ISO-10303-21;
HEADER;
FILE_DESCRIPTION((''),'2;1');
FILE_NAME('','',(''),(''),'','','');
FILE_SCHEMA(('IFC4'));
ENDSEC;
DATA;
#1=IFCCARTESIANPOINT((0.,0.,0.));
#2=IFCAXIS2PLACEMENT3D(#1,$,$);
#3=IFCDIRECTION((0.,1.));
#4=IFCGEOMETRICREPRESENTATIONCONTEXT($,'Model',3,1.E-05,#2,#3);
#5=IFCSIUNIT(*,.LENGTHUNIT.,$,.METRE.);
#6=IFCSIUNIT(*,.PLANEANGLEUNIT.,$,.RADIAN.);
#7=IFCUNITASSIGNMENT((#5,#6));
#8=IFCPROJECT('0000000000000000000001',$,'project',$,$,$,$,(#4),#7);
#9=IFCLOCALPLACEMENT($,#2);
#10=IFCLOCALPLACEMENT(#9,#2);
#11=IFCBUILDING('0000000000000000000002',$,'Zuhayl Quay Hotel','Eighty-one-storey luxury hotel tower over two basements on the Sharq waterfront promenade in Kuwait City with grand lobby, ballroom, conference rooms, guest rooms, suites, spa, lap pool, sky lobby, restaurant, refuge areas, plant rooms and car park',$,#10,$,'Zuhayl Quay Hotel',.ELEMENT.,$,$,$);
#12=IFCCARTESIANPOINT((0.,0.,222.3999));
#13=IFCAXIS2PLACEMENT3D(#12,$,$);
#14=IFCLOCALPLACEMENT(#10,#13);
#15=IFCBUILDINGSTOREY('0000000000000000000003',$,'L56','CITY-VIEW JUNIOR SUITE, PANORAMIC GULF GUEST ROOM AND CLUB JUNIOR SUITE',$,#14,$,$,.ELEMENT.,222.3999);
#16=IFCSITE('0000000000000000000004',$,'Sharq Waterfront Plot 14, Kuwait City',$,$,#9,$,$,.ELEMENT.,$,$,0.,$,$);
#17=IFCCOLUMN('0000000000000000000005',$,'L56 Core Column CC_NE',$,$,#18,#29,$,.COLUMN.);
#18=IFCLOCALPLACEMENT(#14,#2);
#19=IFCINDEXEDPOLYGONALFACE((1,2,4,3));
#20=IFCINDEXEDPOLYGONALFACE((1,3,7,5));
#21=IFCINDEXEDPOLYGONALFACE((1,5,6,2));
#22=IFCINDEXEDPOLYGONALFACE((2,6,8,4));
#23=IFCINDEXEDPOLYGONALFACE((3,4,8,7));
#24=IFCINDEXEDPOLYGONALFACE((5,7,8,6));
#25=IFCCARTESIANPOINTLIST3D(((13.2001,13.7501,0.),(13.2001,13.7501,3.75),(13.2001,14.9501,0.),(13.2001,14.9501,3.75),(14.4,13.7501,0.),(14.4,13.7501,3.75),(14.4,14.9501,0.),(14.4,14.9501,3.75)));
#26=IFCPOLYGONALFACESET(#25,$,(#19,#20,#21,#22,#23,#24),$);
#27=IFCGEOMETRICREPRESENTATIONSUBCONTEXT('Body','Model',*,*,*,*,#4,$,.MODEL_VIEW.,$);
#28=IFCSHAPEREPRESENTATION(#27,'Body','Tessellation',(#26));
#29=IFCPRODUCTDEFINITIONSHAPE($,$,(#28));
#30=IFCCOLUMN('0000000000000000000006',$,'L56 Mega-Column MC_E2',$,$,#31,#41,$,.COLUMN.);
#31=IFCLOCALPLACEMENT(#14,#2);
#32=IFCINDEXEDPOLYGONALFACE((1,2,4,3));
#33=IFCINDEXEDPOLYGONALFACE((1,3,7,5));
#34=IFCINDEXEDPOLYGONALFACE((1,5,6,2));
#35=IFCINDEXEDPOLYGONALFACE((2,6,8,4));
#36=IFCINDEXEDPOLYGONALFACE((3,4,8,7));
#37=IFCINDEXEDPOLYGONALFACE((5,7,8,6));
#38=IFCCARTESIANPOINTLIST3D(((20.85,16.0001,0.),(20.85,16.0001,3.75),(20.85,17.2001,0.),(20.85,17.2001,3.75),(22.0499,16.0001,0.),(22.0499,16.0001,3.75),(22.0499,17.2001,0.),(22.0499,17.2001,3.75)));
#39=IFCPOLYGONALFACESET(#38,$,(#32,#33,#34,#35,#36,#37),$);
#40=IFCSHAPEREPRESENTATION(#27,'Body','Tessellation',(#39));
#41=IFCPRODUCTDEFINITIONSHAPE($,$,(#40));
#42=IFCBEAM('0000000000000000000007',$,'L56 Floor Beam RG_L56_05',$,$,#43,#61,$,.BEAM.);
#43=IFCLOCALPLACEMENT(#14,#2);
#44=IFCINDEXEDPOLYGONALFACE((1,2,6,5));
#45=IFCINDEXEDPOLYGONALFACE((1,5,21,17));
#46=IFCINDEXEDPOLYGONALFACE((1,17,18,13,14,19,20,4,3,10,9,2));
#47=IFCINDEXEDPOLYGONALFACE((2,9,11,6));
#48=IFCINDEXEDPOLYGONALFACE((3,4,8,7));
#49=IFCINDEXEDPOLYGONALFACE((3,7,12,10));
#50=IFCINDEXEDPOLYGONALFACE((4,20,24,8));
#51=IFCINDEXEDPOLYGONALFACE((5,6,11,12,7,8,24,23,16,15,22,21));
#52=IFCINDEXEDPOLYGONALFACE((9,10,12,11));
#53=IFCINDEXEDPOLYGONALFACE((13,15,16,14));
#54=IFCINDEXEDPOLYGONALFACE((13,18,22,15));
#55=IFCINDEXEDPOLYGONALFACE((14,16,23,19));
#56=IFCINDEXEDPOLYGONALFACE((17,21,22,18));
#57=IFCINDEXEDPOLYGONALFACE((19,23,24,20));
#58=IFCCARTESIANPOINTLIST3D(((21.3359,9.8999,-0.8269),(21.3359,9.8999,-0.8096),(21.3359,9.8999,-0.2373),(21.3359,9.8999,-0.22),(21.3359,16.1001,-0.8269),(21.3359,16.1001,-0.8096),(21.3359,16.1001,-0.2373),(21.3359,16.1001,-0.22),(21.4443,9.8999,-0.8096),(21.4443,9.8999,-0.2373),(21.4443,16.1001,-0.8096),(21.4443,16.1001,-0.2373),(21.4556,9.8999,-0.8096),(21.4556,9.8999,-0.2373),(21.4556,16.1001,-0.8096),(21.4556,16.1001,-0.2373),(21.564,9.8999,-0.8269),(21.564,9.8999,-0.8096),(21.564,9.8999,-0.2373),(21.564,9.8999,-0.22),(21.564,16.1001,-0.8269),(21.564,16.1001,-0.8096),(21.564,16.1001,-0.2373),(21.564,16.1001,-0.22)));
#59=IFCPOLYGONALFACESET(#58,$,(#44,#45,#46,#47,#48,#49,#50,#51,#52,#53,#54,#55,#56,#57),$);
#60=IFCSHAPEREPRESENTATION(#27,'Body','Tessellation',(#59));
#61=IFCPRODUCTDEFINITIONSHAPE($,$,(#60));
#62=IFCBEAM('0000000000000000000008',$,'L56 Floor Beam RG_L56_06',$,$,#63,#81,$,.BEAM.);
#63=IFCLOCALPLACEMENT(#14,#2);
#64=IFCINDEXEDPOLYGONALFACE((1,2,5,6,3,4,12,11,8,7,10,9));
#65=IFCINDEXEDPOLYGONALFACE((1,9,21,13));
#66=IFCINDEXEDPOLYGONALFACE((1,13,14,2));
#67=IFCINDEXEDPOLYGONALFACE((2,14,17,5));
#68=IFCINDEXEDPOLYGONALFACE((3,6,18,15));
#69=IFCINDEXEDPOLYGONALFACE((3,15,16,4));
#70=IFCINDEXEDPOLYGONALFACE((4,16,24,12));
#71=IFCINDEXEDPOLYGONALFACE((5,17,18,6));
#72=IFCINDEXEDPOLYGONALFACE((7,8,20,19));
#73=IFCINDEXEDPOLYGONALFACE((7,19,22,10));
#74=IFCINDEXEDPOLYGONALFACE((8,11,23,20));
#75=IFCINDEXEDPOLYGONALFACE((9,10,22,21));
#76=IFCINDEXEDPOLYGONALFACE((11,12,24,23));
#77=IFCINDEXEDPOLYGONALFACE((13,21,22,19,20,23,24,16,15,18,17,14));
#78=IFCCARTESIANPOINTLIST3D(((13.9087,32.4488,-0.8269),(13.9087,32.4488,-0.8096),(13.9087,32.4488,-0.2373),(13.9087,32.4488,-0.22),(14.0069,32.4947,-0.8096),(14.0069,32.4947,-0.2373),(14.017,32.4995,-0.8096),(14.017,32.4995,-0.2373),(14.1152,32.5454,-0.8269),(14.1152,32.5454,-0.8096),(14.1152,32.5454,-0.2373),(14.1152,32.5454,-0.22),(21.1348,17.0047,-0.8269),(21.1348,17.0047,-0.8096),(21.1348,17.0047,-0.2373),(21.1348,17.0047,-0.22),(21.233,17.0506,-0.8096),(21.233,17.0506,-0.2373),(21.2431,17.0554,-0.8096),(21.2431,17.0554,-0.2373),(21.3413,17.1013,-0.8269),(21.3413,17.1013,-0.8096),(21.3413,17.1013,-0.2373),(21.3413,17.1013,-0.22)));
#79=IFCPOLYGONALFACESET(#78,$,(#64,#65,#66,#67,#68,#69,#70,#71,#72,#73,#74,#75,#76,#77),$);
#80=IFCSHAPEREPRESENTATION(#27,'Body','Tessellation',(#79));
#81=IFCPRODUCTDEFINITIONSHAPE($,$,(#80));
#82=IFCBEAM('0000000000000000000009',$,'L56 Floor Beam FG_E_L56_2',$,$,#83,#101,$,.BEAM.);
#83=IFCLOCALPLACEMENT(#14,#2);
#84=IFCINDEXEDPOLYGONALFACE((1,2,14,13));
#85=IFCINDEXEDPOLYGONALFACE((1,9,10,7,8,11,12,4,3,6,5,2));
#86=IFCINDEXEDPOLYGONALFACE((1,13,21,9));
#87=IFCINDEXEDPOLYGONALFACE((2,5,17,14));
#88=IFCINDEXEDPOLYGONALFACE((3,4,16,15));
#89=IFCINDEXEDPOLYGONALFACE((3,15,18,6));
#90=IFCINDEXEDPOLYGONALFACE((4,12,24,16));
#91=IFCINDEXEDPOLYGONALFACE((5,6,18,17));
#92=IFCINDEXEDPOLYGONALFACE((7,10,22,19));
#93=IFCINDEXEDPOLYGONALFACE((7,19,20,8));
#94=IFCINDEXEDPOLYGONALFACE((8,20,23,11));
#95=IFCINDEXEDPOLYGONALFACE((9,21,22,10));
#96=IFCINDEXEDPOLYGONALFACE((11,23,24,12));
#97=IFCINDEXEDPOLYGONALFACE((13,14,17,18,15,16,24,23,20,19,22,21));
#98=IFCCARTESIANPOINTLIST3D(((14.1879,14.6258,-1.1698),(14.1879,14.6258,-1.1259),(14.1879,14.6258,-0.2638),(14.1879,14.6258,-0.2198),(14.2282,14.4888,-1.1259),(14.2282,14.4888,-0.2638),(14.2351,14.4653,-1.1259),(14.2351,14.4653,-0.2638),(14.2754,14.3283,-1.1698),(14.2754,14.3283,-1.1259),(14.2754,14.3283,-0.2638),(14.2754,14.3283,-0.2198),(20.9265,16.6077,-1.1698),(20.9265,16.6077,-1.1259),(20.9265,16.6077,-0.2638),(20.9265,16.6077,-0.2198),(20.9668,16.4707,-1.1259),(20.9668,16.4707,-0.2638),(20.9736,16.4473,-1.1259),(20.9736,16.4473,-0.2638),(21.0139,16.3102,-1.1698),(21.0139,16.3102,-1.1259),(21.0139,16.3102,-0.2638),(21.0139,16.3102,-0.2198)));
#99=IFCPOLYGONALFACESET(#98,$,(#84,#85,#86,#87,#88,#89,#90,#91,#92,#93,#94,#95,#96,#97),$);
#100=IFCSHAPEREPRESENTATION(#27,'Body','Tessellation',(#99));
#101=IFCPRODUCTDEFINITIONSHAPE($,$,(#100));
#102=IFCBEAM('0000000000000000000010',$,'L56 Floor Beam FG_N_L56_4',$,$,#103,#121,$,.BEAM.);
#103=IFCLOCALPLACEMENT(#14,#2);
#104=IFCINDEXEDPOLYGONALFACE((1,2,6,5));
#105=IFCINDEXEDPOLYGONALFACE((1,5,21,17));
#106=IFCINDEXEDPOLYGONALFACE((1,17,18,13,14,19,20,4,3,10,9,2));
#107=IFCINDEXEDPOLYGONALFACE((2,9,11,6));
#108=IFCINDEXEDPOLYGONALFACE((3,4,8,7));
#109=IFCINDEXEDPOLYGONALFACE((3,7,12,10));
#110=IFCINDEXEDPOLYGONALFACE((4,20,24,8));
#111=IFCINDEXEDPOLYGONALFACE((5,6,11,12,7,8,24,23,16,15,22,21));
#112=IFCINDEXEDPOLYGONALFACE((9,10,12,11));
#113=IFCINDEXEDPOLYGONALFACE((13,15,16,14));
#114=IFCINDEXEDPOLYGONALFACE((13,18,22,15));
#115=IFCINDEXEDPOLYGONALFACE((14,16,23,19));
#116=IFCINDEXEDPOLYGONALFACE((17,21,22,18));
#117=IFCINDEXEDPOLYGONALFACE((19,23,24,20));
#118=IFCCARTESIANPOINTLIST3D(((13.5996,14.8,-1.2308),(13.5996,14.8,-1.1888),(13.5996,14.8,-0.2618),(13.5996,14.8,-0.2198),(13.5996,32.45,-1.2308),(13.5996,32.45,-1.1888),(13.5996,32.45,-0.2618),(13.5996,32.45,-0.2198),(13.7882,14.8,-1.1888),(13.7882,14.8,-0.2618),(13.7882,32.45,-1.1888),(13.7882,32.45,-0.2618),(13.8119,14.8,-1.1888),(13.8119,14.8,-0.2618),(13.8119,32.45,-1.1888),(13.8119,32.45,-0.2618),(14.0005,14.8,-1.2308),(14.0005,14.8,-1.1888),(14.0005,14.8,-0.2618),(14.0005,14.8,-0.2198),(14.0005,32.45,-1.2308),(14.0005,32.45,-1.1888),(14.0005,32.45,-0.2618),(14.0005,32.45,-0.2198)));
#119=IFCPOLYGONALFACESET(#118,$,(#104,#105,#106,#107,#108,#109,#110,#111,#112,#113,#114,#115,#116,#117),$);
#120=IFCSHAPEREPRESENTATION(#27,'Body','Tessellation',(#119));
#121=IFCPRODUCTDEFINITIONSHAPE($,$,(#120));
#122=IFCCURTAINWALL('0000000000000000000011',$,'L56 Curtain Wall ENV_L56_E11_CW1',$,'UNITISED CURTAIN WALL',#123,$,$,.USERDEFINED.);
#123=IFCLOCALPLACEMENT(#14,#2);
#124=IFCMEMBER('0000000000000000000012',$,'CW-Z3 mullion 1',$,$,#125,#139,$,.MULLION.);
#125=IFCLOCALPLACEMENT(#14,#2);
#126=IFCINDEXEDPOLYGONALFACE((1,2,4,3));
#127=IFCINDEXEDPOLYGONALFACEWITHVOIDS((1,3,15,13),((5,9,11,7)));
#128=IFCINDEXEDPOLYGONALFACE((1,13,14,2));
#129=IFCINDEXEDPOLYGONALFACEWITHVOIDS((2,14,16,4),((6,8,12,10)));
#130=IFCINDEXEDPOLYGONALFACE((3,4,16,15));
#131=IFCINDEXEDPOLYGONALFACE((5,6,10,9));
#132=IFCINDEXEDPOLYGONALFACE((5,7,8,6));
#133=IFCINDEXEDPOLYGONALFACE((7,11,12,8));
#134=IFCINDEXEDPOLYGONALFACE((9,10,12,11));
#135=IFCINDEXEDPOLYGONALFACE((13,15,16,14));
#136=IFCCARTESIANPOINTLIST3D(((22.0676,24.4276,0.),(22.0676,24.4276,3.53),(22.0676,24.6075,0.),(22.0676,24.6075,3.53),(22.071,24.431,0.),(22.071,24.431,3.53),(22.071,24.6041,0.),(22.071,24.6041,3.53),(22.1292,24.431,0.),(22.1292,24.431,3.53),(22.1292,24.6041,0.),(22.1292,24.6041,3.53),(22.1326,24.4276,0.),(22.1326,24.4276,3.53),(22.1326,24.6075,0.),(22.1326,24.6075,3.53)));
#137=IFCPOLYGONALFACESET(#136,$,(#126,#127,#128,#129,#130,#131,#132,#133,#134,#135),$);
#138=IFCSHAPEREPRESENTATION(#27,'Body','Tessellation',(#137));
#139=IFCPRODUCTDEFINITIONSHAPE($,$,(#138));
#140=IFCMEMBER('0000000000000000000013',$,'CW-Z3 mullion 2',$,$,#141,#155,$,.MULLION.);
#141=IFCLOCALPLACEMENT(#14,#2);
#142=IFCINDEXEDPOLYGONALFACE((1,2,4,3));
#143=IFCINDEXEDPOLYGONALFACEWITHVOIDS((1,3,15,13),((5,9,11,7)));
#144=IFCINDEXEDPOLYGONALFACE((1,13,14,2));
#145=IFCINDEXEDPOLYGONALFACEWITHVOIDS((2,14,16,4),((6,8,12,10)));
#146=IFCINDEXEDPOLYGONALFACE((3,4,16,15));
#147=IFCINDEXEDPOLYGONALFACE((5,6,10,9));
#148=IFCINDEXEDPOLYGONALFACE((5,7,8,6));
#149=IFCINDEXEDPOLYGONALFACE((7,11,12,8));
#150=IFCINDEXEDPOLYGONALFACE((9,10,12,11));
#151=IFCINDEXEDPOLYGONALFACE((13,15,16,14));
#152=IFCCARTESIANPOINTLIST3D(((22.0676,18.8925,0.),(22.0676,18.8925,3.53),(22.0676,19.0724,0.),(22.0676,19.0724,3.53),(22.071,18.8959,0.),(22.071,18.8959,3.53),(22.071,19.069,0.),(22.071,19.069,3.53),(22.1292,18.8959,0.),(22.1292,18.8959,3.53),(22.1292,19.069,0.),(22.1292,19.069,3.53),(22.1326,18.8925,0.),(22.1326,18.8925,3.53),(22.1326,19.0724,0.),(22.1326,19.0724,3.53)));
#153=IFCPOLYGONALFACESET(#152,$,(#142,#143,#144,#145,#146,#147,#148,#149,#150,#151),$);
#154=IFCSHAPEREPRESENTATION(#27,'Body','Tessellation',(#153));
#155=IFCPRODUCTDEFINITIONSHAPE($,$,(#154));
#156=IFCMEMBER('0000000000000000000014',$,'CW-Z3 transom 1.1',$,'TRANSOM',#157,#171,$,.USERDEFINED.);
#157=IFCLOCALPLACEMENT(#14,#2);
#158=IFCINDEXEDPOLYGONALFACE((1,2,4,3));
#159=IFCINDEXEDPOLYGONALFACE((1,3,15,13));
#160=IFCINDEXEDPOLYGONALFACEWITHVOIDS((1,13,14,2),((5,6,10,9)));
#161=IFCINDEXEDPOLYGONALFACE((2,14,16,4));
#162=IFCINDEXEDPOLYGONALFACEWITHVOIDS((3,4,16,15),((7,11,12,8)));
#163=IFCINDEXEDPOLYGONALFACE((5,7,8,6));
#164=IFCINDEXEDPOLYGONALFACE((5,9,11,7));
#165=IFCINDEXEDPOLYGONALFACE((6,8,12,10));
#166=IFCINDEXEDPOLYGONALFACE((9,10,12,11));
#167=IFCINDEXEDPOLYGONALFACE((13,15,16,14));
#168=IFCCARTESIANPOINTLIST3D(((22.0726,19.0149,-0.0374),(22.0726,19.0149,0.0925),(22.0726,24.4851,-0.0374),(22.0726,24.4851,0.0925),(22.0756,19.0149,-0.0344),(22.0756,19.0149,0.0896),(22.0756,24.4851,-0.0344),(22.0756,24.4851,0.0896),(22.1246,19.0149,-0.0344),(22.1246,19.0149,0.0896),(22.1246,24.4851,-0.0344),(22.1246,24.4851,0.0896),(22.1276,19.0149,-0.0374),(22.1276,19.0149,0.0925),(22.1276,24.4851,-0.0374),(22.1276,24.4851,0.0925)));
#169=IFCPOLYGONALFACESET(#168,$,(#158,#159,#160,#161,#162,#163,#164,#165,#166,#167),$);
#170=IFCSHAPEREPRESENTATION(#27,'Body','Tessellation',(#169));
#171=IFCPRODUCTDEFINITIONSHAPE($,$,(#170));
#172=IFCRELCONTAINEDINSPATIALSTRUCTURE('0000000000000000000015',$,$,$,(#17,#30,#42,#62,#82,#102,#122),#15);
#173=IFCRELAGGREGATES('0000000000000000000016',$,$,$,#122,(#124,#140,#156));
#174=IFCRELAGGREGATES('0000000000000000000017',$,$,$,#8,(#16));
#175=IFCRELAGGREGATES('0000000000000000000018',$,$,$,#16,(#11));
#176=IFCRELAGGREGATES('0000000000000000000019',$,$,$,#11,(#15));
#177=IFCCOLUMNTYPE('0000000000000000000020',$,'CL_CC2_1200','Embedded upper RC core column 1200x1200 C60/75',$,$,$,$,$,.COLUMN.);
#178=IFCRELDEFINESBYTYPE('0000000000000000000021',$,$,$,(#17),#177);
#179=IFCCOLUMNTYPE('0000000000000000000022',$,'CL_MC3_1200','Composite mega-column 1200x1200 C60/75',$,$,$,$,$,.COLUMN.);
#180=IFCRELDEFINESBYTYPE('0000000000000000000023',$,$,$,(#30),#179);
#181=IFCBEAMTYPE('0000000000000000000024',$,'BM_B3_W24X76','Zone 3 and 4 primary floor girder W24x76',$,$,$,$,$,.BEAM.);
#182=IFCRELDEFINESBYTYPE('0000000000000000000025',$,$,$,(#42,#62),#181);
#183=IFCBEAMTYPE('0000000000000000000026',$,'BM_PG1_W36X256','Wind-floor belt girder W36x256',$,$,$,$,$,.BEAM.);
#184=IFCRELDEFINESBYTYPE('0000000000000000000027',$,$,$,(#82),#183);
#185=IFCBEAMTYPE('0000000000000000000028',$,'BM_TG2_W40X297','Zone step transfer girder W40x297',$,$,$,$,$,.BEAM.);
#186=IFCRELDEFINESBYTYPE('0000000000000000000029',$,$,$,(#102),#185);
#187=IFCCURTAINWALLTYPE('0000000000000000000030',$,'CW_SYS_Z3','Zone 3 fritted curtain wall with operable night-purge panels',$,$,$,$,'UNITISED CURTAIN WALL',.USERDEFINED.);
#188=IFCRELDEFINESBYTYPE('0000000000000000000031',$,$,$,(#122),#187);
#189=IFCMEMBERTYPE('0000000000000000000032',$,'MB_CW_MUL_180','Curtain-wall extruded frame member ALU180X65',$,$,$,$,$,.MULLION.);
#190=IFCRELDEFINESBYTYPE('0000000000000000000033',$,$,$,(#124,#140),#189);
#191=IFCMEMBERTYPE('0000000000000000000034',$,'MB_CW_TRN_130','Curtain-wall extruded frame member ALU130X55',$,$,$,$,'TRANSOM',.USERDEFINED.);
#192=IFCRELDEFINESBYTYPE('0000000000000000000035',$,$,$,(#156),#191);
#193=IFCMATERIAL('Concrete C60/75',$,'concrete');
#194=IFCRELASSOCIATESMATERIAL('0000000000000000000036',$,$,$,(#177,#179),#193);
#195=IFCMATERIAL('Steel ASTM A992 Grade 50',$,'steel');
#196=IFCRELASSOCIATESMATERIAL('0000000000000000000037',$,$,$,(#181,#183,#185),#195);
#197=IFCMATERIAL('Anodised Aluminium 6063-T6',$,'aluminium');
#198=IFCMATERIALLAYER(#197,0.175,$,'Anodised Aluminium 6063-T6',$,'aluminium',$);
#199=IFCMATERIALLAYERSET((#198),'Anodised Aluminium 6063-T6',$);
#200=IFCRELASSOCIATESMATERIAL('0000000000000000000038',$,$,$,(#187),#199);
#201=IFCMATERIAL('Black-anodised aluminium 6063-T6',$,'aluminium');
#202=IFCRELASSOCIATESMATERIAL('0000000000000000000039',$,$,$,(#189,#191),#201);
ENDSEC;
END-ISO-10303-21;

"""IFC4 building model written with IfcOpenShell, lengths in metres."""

from ifc_helpers import new_model, si_unit, direction, frame, origin, origin_2d, place, context, subcontext, project, spatial, rectangle, hollow_rectangle, i_section, extrude, material, layer, layer_set, material_profile, profile_set, type_object, element, aggregate, save


model = new_model("IFC4")

# Units and contexts
model_context = context("Model", 3, precision=1e-05, world=origin(), true_north=direction((0.0, 1.0)))
body_context = subcontext(model_context, "Body", "Model", "MODEL_VIEW")
ifc_project = project(units=[si_unit("LENGTHUNIT", "METRE"), si_unit("PLANEANGLEUNIT", "RADIAN")], contexts=[model_context])

# Site, building, storey
site_placement = place(None, origin())
site = spatial("IfcSite", under=ifc_project, at=site_placement, Name="Sharq Waterfront Plot 14, Kuwait City", CompositionType="ELEMENT", RefElevation=0.0)
building_placement = place(site_placement, origin())
building = spatial("IfcBuilding", under=site, at=building_placement, Name="Zuhayl Quay Hotel", Description="Eighty-one-storey luxury hotel tower over two basements on the Sharq waterfront promenade in Kuwait City with grand lobby, ballroom, conference rooms, guest rooms, suites, spa, lap pool, sky lobby, restaurant, refuge areas, plant rooms and car park", LongName="Zuhayl Quay Hotel", CompositionType="ELEMENT")
storey_placement = place(building_placement, frame((0.0, 0.0, 222.3999)))
storey = spatial("IfcBuildingStorey", under=building, at=storey_placement, Name="L56", Description="CITY-VIEW JUNIOR SUITE, PANORAMIC GULF GUEST ROOM AND CLUB JUNIOR SUITE", CompositionType="ELEMENT", Elevation=222.3999)

# Columns
ifc_material_1 = material(Name="Concrete C60/75", Category="concrete")
ifc_material_profile_1 = material_profile(ifc_material_1, rectangle(XDim=1.2, YDim=1.2, at=origin_2d()), Name="RC1200X1200")
ifc_profile_set_1 = profile_set([ifc_material_profile_1], Name="Concrete C60/75")
column_type_1 = type_object("IfcColumnType", Name="CL_CC2_1200", Description="Embedded upper RC core column 1200x1200 C60/75", PredefinedType="COLUMN", material=ifc_profile_set_1)
column_1_placement = place(storey_placement, frame((13.8, 14.3501, 0.0), z_axis=(0.0, 0.0, 1.0), x_axis=(1.0, 0.0, 0.0)))
element("IfcColumn", 1, at=column_1_placement, inside=storey, type_object=column_type_1, Name="L56 Core Column CC_NE", PredefinedType="COLUMN", context=body_context, shape_type="SweptSolid", body=[
    extrude(rectangle(XDim=1.2, YDim=1.2, at=origin_2d()), origin(), (0.0, 0.0, 1.0), 3.75),
])
ifc_material_profile_2 = material_profile(ifc_material_1, rectangle(XDim=1.2, YDim=1.2, at=origin_2d()), Name="RC1200X1200")
ifc_profile_set_2 = profile_set([ifc_material_profile_2], Name="Concrete C60/75")
column_type_2 = type_object("IfcColumnType", Name="CL_MC3_1200", Description="Composite mega-column 1200x1200 C60/75", PredefinedType="COLUMN", material=ifc_profile_set_2)
column_2_placement = place(storey_placement, frame((21.45, 16.6001, 0.0), z_axis=(0.0, 0.0, 1.0), x_axis=(1.0, 0.0, 0.0)))
element("IfcColumn", 2, at=column_2_placement, inside=storey, type_object=column_type_2, Name="L56 Mega-Column MC_E2", PredefinedType="COLUMN", context=body_context, shape_type="SweptSolid", body=[
    extrude(rectangle(XDim=1.2, YDim=1.2, at=origin_2d()), origin(), (0.0, 0.0, 1.0), 3.75),
])

# Beams
ifc_material_2 = material(Name="Steel ASTM A992 Grade 50", Category="steel")
ifc_material_profile_3 = material_profile(ifc_material_2, i_section(OverallWidth=0.228, OverallDepth=0.6069, WebThickness=0.0112, FlangeThickness=0.0173, at=origin_2d()), Name="W24X76")
ifc_profile_set_3 = profile_set([ifc_material_profile_3], Name="Steel ASTM A992 Grade 50")
beam_type_1 = type_object("IfcBeamType", Name="BM_B3_W24X76", Description="Zone 3 and 4 primary floor girder W24x76", PredefinedType="BEAM", material=ifc_profile_set_3)
beam_1_placement = place(storey_placement, frame((21.45, 9.8999, -0.5234), z_axis=(0.0, 1.0, 0.0), x_axis=(-1.0, 0.0, 0.0)))
element("IfcBeam", 3, at=beam_1_placement, inside=storey, type_object=beam_type_1, Name="L56 Floor Beam RG_L56_05", PredefinedType="BEAM", context=body_context, shape_type="SweptSolid", body=[
    extrude(i_section(OverallWidth=0.228, OverallDepth=0.6069, WebThickness=0.0112, FlangeThickness=0.0173, at=origin_2d()), origin(), (0.0, 0.0, 1.0), 6.2002),
])
beam_2_placement = place(storey_placement, frame((21.238, 17.053, -0.5234), z_axis=(-0.423792, 0.905759, 0.0), x_axis=(-0.905759, -0.423792, 0.0)))
element("IfcBeam", 4, at=beam_2_placement, inside=storey, type_object=beam_type_1, Name="L56 Floor Beam RG_L56_06", PredefinedType="BEAM", context=body_context, shape_type="SweptSolid", body=[
    extrude(i_section(OverallWidth=0.228, OverallDepth=0.6069, WebThickness=0.0112, FlangeThickness=0.0173, at=origin_2d()), origin(), (0.0, 0.0, 1.0), 17.051),
])
ifc_material_profile_4 = material_profile(ifc_material_2, i_section(OverallWidth=0.3101, OverallDepth=0.95, WebThickness=0.0244, FlangeThickness=0.0439, at=origin_2d()), Name="W36X256")
ifc_profile_set_4 = profile_set([ifc_material_profile_4], Name="Steel ASTM A992 Grade 50")
beam_type_2 = type_object("IfcBeamType", Name="BM_PG1_W36X256", Description="Wind-floor belt girder W36x256", PredefinedType="BEAM", material=ifc_profile_set_4)
beam_3_placement = place(storey_placement, frame((14.2317, 14.4771, -0.6948), z_axis=(0.959365, 0.282168, 0.0), x_axis=(-0.282168, 0.959365, 0.0)))
element("IfcBeam", 5, at=beam_3_placement, inside=storey, type_object=beam_type_2, Name="L56 Floor Beam FG_E_L56_2", PredefinedType="BEAM", context=body_context, shape_type="SweptSolid", body=[
    extrude(i_section(OverallWidth=0.3101, OverallDepth=0.95, WebThickness=0.0244, FlangeThickness=0.0439, at=origin_2d()), origin(), (0.0, 0.0, 1.0), 7.0239),
])
ifc_material_profile_5 = material_profile(ifc_material_2, i_section(OverallWidth=0.4009, OverallDepth=1.011, WebThickness=0.0237, FlangeThickness=0.042, at=origin_2d()), Name="W40X297")
ifc_profile_set_5 = profile_set([ifc_material_profile_5], Name="Steel ASTM A992 Grade 50")
beam_type_3 = type_object("IfcBeamType", Name="BM_TG2_W40X297", Description="Zone step transfer girder W40x297", PredefinedType="BEAM", material=ifc_profile_set_5)
beam_4_placement = place(storey_placement, frame((13.8, 14.8, -0.7253), z_axis=(0.0, 1.0, 0.0), x_axis=(-1.0, 0.0, 0.0)))
element("IfcBeam", 6, at=beam_4_placement, inside=storey, type_object=beam_type_3, Name="L56 Floor Beam FG_N_L56_4", PredefinedType="BEAM", context=body_context, shape_type="SweptSolid", body=[
    extrude(i_section(OverallWidth=0.4009, OverallDepth=1.011, WebThickness=0.0237, FlangeThickness=0.042, at=origin_2d()), origin(), (0.0, 0.0, 1.0), 17.6499),
])

# Curtain wall, members
ifc_material_3 = material(Name="Anodised Aluminium 6063-T6", Category="aluminium")
ifc_layer_1 = layer(ifc_material_3, 0.175, Name="Anodised Aluminium 6063-T6", Category="aluminium")
ifc_layer_set_1 = layer_set([ifc_layer_1], Name="Anodised Aluminium 6063-T6")
curtain_wall_type = type_object("IfcCurtainWallType", Name="CW_SYS_Z3", Description="Zone 3 fritted curtain wall with operable night-purge panels", ElementType="UNITISED CURTAIN WALL", PredefinedType="USERDEFINED", material=ifc_layer_set_1)
curtain_wall_placement = place(storey_placement, origin())
curtain_wall = element("IfcCurtainWall", 7, at=curtain_wall_placement, inside=storey, type_object=curtain_wall_type, Name="L56 Curtain Wall ENV_L56_E11_CW1", ObjectType="UNITISED CURTAIN WALL", PredefinedType="USERDEFINED")
ifc_material_4 = material(Name="Black-anodised aluminium 6063-T6", Category="aluminium")
ifc_material_profile_6 = material_profile(ifc_material_4, hollow_rectangle(XDim=0.0649, YDim=0.1799, WallThickness=0.0034, at=origin_2d()), Name="ALU180X65")
ifc_profile_set_6 = profile_set([ifc_material_profile_6], Name="Black-anodised aluminium 6063-T6")
member_type_1 = type_object("IfcMemberType", Name="MB_CW_MUL_180", Description="Curtain-wall extruded frame member ALU180X65", PredefinedType="MULLION", material=ifc_profile_set_6)
member_1_placement = place(storey_placement, frame((22.1001, 24.5176, 0.0), z_axis=(0.0, 0.0, 1.0), x_axis=(1.0, 0.0, 0.0)))
member_1 = element("IfcMember", 8, at=member_1_placement, type_object=member_type_1, Name="CW-Z3 mullion 1", PredefinedType="MULLION", context=body_context, shape_type="SweptSolid", body=[
    extrude(hollow_rectangle(XDim=0.0649, YDim=0.1799, WallThickness=0.0034, at=origin_2d()), origin(), (0.0, 0.0, 1.0), 3.53),
])
member_2_placement = place(storey_placement, frame((22.1001, 18.9824, 0.0), z_axis=(0.0, 0.0, 1.0), x_axis=(1.0, 0.0, 0.0)))
member_2 = element("IfcMember", 9, at=member_2_placement, type_object=member_type_1, Name="CW-Z3 mullion 2", PredefinedType="MULLION", context=body_context, shape_type="SweptSolid", body=[
    extrude(hollow_rectangle(XDim=0.0649, YDim=0.1799, WallThickness=0.0034, at=origin_2d()), origin(), (0.0, 0.0, 1.0), 3.53),
])
ifc_material_profile_7 = material_profile(ifc_material_4, hollow_rectangle(XDim=0.0549, YDim=0.1299, WallThickness=0.0029, at=origin_2d()), Name="ALU130X55")
ifc_profile_set_7 = profile_set([ifc_material_profile_7], Name="Black-anodised aluminium 6063-T6")
member_type_2 = type_object("IfcMemberType", Name="MB_CW_TRN_130", Description="Curtain-wall extruded frame member ALU130X55", ElementType="TRANSOM", PredefinedType="USERDEFINED", material=ifc_profile_set_7)
member_3_placement = place(storey_placement, frame((22.1001, 24.4851, 0.0276), z_axis=(0.0, -1.0, 0.0), x_axis=(1.0, 0.0, 0.0)))
member_3 = element("IfcMember", 10, at=member_3_placement, type_object=member_type_2, Name="CW-Z3 transom 1.1", ObjectType="TRANSOM", PredefinedType="USERDEFINED", context=body_context, shape_type="SweptSolid", body=[
    extrude(hollow_rectangle(XDim=0.0549, YDim=0.1299, WallThickness=0.0029, at=origin_2d()), origin(), (0.0, 0.0, 1.0), 5.4702),
])
aggregate(curtain_wall, [member_1, member_2, member_3])

save(model, "model.ifc")
